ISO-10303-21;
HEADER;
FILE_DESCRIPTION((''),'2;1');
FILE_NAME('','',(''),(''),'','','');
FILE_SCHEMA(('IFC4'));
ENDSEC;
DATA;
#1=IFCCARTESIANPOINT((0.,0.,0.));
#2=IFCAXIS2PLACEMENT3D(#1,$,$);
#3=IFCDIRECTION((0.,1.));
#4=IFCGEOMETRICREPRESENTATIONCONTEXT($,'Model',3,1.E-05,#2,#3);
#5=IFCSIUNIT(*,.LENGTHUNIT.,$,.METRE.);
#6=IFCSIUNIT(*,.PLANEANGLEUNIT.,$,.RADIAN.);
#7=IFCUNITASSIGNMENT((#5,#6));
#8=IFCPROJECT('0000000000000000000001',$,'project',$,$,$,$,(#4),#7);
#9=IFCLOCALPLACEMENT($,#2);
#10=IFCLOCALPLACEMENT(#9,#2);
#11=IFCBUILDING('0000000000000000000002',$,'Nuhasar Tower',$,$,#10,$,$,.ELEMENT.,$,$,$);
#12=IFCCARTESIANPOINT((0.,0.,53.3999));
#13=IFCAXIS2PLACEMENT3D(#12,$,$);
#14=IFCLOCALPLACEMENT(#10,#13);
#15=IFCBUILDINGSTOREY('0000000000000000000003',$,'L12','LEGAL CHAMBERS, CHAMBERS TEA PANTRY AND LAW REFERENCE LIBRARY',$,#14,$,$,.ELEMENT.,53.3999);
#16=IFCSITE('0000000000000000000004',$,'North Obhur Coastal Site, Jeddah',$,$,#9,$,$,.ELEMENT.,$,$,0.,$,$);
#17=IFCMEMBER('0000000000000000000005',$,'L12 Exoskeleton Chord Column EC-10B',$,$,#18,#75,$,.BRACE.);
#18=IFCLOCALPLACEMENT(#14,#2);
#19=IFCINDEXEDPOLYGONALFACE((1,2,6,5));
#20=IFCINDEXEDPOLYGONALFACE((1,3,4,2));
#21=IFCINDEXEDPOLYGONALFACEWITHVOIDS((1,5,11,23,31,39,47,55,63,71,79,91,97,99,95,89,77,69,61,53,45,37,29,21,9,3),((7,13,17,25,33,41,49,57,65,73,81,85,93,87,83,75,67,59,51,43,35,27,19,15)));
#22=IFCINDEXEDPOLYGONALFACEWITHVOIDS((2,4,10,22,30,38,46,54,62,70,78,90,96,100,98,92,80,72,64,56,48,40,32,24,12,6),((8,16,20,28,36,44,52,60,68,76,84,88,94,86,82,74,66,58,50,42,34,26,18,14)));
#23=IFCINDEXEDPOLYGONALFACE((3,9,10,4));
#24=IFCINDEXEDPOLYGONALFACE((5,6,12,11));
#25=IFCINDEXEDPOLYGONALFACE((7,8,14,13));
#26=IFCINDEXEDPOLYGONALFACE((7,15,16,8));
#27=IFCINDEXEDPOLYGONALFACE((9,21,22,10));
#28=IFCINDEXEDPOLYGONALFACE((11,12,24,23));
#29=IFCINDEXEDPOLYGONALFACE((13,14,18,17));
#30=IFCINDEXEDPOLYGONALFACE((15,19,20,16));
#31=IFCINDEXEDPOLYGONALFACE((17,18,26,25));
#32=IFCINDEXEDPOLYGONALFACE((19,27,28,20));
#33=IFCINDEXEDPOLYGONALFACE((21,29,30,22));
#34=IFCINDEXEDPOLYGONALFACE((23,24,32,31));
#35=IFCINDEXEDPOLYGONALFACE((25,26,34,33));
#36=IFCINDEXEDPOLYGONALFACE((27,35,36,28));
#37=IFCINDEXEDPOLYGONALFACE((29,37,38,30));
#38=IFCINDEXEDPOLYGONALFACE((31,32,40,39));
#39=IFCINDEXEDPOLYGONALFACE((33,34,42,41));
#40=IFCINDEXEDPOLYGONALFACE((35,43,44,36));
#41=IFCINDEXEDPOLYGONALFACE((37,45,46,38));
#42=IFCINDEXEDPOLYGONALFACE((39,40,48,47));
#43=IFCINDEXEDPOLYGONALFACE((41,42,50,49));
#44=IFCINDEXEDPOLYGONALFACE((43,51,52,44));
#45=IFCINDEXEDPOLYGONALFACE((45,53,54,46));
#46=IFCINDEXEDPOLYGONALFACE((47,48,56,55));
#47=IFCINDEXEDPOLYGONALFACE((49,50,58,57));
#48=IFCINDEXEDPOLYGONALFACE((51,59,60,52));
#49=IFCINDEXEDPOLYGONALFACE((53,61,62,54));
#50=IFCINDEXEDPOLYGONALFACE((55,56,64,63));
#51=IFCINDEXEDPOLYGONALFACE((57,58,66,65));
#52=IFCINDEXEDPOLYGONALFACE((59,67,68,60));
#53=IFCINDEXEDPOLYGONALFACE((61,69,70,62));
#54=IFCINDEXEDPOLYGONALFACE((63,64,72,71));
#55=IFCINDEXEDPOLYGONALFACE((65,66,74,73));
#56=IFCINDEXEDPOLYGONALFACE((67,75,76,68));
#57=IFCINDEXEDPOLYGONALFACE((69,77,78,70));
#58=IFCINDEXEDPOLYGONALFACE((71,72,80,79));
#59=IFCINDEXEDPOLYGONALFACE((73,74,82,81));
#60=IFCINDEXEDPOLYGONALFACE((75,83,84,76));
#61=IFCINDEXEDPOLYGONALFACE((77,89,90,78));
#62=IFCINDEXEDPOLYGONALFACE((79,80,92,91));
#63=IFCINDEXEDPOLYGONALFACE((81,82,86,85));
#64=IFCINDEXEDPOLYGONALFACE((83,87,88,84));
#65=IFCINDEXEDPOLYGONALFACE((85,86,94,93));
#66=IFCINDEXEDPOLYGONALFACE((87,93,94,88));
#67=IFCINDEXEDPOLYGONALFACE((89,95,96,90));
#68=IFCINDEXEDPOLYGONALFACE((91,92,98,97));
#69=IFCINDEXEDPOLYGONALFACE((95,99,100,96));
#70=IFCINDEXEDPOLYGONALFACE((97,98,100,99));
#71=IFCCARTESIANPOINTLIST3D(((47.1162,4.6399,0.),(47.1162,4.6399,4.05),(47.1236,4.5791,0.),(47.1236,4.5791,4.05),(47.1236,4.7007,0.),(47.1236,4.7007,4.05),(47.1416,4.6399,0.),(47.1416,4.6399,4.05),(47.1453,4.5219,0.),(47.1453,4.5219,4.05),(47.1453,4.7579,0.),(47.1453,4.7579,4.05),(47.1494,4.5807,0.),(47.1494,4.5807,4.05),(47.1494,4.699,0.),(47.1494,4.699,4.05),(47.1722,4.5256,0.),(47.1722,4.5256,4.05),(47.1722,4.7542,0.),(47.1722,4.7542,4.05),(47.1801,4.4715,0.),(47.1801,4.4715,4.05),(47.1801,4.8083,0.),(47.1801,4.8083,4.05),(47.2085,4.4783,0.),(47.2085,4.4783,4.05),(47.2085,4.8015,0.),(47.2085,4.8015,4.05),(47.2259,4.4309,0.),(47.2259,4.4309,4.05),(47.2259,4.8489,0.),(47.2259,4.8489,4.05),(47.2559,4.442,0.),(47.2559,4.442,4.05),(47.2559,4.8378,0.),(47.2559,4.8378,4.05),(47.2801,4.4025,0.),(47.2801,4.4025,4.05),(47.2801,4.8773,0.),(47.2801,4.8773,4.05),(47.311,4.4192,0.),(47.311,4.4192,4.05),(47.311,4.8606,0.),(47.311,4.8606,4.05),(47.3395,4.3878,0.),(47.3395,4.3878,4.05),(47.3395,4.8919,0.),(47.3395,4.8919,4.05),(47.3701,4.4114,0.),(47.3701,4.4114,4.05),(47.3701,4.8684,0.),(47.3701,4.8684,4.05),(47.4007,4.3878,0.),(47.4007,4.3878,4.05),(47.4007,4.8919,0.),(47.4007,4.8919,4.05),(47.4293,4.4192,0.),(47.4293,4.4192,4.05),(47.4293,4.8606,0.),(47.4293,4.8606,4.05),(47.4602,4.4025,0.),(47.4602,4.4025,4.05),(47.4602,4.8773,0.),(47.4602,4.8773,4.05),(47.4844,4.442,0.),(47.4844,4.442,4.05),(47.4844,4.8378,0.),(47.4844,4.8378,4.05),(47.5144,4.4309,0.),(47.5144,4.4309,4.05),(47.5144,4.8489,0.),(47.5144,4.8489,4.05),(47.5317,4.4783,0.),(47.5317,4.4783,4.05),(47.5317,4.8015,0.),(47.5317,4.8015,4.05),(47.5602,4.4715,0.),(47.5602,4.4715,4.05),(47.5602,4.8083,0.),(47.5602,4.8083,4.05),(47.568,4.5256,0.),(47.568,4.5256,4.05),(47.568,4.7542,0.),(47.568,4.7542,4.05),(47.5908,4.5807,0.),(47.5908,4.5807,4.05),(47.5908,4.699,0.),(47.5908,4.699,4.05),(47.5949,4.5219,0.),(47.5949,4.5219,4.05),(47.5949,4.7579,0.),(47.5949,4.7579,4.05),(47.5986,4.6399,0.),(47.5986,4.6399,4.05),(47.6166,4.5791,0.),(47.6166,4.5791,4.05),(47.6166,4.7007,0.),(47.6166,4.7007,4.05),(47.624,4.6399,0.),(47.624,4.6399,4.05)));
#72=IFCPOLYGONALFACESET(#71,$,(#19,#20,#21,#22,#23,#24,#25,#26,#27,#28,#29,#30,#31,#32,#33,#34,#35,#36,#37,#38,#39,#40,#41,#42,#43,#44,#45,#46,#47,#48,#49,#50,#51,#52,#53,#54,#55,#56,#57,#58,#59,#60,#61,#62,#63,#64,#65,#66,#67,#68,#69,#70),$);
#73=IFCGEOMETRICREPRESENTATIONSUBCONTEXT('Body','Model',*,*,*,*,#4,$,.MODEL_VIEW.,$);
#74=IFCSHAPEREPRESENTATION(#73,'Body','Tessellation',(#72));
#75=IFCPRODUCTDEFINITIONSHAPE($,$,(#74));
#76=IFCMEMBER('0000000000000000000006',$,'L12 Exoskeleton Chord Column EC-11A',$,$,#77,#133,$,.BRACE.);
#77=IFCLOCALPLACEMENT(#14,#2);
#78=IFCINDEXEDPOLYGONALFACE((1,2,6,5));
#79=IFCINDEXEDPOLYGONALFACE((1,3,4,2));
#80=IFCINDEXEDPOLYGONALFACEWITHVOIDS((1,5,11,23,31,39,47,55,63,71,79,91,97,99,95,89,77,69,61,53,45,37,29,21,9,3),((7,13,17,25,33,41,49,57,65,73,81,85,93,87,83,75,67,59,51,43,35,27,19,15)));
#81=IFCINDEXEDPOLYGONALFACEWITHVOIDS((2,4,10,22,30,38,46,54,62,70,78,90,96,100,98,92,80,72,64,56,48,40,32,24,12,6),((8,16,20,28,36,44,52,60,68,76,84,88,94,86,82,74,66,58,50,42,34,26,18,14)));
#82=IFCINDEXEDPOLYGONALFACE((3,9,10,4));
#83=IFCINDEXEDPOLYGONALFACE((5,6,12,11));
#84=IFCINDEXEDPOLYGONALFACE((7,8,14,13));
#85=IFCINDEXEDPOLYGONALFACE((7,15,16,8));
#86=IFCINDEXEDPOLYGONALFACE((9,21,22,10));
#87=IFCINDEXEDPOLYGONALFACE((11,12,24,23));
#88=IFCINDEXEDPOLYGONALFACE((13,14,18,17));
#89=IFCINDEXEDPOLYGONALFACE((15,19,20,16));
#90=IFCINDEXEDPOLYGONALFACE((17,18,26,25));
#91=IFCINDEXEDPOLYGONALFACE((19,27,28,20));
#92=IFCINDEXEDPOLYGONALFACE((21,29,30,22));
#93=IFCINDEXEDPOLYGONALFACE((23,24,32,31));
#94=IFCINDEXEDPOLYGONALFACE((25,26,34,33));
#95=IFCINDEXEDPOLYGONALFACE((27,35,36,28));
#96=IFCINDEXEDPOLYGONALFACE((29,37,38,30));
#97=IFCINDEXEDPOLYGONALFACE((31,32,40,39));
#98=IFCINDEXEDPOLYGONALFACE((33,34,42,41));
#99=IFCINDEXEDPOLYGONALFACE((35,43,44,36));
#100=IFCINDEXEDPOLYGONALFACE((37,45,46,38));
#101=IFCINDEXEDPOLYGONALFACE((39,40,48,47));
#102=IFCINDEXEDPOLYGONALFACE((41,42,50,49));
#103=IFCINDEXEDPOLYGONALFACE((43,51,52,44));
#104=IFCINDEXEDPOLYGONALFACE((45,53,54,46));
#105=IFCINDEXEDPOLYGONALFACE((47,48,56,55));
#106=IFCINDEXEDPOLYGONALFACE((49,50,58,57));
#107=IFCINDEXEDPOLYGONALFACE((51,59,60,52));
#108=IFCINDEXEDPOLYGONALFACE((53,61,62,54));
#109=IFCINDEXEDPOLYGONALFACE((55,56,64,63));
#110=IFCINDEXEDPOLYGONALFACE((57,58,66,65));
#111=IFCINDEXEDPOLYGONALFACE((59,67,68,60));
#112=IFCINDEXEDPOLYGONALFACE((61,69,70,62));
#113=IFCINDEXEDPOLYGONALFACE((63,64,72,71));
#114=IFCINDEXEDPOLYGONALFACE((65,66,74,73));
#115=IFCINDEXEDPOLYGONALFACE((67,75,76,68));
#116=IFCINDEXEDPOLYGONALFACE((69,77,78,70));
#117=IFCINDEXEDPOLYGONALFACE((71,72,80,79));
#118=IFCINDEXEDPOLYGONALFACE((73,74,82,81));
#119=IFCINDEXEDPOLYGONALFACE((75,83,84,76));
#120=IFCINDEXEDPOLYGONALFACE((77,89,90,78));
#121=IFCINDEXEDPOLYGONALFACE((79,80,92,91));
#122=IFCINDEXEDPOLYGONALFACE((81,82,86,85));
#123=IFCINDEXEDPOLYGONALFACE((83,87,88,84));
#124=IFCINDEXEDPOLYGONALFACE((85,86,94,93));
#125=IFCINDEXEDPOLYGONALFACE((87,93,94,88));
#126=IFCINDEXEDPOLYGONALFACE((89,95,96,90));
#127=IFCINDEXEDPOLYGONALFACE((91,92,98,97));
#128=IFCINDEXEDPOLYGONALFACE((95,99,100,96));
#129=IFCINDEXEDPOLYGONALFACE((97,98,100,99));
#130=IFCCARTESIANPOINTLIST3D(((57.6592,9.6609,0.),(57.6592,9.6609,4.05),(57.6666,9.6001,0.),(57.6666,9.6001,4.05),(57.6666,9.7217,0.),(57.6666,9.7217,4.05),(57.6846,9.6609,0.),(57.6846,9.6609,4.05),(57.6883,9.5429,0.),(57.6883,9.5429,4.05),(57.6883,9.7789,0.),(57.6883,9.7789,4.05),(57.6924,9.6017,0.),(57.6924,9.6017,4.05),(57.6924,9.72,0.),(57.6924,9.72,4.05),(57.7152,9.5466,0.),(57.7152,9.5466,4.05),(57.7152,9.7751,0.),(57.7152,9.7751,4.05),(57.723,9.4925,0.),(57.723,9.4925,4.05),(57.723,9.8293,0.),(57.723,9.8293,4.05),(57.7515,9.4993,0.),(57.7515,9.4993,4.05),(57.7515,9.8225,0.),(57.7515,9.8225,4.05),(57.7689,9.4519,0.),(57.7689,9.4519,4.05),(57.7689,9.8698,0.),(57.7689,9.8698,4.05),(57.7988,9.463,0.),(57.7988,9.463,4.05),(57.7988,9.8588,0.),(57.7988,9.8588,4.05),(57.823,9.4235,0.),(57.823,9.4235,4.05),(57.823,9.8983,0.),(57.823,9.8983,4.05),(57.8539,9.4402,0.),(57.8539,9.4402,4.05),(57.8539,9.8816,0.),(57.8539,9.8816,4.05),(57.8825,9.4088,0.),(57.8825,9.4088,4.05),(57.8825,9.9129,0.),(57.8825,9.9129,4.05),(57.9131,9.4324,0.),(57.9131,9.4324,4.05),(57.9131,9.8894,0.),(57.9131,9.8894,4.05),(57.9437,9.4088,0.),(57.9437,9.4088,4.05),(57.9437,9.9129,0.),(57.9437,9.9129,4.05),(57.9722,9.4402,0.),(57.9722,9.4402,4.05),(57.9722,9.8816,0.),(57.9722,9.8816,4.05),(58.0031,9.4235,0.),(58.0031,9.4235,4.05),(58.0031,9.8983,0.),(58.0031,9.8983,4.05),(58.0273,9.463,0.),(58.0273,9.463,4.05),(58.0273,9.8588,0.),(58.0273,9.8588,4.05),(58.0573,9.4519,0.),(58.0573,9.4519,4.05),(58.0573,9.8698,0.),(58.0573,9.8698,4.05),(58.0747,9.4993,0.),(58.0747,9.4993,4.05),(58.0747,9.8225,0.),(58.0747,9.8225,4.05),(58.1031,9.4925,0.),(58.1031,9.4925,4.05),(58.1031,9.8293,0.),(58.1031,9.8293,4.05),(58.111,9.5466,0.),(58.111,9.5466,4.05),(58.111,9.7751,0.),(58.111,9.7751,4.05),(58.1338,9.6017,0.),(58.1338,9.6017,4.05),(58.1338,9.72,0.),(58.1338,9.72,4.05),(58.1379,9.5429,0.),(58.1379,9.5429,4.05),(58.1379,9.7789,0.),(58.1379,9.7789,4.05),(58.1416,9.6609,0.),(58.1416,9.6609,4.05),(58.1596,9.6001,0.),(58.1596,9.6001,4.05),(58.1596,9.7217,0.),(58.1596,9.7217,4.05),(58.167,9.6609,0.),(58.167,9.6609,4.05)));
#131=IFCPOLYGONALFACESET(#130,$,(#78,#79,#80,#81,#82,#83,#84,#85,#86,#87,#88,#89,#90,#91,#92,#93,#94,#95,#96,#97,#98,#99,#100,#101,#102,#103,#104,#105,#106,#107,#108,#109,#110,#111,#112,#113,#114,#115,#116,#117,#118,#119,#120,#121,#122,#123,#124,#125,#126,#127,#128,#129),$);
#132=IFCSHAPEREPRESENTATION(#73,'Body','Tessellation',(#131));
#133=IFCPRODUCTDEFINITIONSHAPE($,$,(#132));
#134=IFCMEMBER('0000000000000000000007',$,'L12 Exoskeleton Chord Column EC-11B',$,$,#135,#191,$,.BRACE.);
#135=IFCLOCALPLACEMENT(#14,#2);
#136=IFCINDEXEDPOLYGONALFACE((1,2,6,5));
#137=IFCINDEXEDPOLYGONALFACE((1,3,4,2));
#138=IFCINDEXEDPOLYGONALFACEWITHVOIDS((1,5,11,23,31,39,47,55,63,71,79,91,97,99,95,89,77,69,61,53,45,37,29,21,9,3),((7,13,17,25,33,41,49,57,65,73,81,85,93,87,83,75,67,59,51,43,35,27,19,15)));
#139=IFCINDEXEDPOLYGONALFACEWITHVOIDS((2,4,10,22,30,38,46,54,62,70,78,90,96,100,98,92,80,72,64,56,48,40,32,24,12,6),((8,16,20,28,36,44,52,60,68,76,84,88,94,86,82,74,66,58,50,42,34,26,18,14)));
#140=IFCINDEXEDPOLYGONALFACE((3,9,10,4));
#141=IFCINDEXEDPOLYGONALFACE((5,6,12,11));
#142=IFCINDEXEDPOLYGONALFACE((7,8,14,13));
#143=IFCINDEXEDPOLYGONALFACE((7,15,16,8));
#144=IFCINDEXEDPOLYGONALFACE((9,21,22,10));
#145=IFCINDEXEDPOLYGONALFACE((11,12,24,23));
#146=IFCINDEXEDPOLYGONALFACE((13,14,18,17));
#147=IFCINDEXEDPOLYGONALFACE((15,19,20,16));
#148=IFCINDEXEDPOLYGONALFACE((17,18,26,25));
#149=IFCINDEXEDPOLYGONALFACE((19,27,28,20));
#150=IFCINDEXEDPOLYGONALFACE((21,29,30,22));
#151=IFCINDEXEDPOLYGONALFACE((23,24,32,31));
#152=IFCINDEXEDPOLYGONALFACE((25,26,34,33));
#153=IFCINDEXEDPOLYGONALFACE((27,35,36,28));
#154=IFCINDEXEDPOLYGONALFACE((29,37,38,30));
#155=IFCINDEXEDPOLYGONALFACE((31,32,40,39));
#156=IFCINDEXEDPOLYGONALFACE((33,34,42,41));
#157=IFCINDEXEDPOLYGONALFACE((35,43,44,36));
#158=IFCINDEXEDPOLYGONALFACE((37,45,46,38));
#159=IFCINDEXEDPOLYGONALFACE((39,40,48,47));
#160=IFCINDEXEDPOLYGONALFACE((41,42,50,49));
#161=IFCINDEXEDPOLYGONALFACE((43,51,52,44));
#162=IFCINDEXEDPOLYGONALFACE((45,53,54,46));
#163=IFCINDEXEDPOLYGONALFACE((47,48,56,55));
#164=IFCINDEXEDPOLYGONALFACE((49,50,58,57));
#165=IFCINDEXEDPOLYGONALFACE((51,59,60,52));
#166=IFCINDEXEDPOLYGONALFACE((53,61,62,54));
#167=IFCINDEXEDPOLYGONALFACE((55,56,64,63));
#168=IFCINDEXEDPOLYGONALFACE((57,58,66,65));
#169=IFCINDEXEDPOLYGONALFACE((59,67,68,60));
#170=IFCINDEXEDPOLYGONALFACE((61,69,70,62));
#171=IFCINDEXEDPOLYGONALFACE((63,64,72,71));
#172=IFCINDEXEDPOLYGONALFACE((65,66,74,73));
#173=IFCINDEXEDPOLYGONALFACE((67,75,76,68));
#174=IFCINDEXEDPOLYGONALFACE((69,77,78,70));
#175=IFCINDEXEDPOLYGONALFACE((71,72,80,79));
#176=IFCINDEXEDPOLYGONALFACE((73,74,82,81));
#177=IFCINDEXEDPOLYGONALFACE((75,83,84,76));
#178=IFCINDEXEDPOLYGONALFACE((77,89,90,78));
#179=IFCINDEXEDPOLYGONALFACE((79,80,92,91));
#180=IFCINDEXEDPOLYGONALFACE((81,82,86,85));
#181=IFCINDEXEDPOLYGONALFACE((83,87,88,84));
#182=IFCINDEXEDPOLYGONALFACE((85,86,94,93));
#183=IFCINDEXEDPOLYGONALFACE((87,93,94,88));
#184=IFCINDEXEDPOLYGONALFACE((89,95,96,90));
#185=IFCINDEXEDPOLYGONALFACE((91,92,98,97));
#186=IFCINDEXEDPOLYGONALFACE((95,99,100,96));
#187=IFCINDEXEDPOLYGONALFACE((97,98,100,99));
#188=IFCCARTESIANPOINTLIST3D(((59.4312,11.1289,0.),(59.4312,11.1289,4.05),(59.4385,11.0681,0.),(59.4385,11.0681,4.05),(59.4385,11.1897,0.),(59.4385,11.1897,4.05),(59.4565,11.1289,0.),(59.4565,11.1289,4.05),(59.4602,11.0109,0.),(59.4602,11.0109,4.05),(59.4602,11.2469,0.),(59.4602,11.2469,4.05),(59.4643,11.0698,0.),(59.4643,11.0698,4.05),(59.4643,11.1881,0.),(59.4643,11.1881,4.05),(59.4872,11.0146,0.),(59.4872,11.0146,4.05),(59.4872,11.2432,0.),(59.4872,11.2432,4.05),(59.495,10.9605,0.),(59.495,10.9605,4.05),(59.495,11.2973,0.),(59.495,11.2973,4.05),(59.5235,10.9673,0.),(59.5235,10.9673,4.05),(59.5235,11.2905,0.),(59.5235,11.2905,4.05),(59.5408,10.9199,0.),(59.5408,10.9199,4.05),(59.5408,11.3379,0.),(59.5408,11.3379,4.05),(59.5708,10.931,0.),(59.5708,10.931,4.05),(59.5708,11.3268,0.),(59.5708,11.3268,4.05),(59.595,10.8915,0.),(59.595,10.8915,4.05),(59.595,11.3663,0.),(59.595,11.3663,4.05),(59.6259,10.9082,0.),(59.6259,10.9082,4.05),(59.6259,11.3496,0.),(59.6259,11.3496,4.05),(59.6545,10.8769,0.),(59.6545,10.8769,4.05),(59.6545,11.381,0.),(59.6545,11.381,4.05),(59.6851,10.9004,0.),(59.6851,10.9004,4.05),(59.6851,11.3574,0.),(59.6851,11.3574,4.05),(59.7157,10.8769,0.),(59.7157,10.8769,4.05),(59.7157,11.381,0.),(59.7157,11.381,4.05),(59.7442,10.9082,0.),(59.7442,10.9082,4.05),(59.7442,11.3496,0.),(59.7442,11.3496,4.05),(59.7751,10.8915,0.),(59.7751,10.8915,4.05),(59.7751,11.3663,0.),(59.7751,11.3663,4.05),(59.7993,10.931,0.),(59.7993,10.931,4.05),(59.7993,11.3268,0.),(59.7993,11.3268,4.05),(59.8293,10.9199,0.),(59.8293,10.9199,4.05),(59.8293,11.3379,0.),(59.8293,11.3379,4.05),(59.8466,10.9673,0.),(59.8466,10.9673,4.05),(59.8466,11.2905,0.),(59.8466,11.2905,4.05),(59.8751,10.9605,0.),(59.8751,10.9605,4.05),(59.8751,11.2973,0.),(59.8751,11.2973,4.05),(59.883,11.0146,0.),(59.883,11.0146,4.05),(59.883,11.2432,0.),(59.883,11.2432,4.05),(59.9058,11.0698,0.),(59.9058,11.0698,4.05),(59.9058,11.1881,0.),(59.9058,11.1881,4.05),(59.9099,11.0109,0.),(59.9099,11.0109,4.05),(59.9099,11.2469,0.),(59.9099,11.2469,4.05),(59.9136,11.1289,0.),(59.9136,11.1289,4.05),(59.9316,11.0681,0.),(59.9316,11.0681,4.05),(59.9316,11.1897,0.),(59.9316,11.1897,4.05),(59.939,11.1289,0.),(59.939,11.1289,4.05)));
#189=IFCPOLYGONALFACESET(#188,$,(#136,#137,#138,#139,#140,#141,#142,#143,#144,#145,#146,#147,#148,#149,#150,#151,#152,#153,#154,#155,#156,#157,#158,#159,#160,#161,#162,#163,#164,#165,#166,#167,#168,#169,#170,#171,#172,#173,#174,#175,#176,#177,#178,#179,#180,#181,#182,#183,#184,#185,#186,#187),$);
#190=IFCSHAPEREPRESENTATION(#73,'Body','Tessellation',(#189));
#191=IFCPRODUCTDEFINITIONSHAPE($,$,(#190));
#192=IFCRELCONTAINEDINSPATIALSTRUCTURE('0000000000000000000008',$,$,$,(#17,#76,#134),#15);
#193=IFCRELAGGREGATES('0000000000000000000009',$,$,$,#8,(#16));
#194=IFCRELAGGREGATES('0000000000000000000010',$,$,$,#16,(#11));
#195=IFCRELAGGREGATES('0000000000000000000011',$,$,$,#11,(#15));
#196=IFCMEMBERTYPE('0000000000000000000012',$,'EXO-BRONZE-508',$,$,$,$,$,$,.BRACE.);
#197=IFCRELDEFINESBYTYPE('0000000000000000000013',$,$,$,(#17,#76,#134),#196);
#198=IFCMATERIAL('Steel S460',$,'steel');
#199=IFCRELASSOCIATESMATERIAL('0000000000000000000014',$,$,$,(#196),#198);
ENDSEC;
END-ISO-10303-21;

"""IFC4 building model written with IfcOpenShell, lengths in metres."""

from ifc_helpers import new_model, si_unit, direction, frame, origin, origin_2d, place, context, subcontext, project, spatial, hollow_circle, extrude, material, material_profile, profile_set, type_object, element, save


model = new_model("IFC4")

# Units and contexts
model_context = context("Model", 3, precision=1e-05, world=origin(), true_north=direction((0.0, 1.0)))
body_context = subcontext(model_context, "Body", "Model", "MODEL_VIEW")
ifc_project = project(units=[si_unit("LENGTHUNIT", "METRE"), si_unit("PLANEANGLEUNIT", "RADIAN")], contexts=[model_context])

# Site, building, storey
site_placement = place(None, origin())
site = spatial("IfcSite", under=ifc_project, at=site_placement, Name="North Obhur Coastal Site, Jeddah", CompositionType="ELEMENT", RefElevation=0.0)
building_placement = place(site_placement, origin())
building = spatial("IfcBuilding", under=site, at=building_placement, Name="Nuhasar Tower", CompositionType="ELEMENT")
storey_placement = place(building_placement, frame((0.0, 0.0, 53.3999)))
storey = spatial("IfcBuildingStorey", under=building, at=storey_placement, Name="L12", Description="LEGAL CHAMBERS, CHAMBERS TEA PANTRY AND LAW REFERENCE LIBRARY", CompositionType="ELEMENT", Elevation=53.3999)

# Members
ifc_material_1 = material(Name="Steel S460", Category="steel")
ifc_material_profile_1 = material_profile(ifc_material_1, hollow_circle(Radius=0.2539, WallThickness=0.0254, at=origin_2d()), Name="HSS508X25.4")
ifc_profile_set_1 = profile_set([ifc_material_profile_1], Name="Steel S460")
member_type_1 = type_object("IfcMemberType", Name="EXO-BRONZE-508", PredefinedType="BRACE", material=ifc_profile_set_1)
for number, where, z_axis, x_axis, name in (
    (1, (47.3701, 4.6399, 0.0), (0.0, 0.0, 1.0), (1.0, 0.0, 0.0), "L12 Exoskeleton Chord Column EC-10B"),
    (2, (57.9131, 9.6609, 0.0), (0.0, 0.0, 1.0), (1.0, 0.0, 0.0), "L12 Exoskeleton Chord Column EC-11A"),
    (3, (59.6851, 11.1289, 0.0), (0.0, 0.0, 1.0), (1.0, 0.0, 0.0), "L12 Exoskeleton Chord Column EC-11B"),
):
    element("IfcMember", number, at=place(storey_placement, frame(where, z_axis=z_axis, x_axis=x_axis)), inside=storey, type_object=member_type_1, Name=name, PredefinedType="BRACE", context=body_context, shape_type="SweptSolid", body=[
        extrude(hollow_circle(Radius=0.2539, WallThickness=0.0254, at=origin_2d()), origin(), (0.0, 0.0, 1.0), 4.05),
    ])

save(model, "model.ifc")
